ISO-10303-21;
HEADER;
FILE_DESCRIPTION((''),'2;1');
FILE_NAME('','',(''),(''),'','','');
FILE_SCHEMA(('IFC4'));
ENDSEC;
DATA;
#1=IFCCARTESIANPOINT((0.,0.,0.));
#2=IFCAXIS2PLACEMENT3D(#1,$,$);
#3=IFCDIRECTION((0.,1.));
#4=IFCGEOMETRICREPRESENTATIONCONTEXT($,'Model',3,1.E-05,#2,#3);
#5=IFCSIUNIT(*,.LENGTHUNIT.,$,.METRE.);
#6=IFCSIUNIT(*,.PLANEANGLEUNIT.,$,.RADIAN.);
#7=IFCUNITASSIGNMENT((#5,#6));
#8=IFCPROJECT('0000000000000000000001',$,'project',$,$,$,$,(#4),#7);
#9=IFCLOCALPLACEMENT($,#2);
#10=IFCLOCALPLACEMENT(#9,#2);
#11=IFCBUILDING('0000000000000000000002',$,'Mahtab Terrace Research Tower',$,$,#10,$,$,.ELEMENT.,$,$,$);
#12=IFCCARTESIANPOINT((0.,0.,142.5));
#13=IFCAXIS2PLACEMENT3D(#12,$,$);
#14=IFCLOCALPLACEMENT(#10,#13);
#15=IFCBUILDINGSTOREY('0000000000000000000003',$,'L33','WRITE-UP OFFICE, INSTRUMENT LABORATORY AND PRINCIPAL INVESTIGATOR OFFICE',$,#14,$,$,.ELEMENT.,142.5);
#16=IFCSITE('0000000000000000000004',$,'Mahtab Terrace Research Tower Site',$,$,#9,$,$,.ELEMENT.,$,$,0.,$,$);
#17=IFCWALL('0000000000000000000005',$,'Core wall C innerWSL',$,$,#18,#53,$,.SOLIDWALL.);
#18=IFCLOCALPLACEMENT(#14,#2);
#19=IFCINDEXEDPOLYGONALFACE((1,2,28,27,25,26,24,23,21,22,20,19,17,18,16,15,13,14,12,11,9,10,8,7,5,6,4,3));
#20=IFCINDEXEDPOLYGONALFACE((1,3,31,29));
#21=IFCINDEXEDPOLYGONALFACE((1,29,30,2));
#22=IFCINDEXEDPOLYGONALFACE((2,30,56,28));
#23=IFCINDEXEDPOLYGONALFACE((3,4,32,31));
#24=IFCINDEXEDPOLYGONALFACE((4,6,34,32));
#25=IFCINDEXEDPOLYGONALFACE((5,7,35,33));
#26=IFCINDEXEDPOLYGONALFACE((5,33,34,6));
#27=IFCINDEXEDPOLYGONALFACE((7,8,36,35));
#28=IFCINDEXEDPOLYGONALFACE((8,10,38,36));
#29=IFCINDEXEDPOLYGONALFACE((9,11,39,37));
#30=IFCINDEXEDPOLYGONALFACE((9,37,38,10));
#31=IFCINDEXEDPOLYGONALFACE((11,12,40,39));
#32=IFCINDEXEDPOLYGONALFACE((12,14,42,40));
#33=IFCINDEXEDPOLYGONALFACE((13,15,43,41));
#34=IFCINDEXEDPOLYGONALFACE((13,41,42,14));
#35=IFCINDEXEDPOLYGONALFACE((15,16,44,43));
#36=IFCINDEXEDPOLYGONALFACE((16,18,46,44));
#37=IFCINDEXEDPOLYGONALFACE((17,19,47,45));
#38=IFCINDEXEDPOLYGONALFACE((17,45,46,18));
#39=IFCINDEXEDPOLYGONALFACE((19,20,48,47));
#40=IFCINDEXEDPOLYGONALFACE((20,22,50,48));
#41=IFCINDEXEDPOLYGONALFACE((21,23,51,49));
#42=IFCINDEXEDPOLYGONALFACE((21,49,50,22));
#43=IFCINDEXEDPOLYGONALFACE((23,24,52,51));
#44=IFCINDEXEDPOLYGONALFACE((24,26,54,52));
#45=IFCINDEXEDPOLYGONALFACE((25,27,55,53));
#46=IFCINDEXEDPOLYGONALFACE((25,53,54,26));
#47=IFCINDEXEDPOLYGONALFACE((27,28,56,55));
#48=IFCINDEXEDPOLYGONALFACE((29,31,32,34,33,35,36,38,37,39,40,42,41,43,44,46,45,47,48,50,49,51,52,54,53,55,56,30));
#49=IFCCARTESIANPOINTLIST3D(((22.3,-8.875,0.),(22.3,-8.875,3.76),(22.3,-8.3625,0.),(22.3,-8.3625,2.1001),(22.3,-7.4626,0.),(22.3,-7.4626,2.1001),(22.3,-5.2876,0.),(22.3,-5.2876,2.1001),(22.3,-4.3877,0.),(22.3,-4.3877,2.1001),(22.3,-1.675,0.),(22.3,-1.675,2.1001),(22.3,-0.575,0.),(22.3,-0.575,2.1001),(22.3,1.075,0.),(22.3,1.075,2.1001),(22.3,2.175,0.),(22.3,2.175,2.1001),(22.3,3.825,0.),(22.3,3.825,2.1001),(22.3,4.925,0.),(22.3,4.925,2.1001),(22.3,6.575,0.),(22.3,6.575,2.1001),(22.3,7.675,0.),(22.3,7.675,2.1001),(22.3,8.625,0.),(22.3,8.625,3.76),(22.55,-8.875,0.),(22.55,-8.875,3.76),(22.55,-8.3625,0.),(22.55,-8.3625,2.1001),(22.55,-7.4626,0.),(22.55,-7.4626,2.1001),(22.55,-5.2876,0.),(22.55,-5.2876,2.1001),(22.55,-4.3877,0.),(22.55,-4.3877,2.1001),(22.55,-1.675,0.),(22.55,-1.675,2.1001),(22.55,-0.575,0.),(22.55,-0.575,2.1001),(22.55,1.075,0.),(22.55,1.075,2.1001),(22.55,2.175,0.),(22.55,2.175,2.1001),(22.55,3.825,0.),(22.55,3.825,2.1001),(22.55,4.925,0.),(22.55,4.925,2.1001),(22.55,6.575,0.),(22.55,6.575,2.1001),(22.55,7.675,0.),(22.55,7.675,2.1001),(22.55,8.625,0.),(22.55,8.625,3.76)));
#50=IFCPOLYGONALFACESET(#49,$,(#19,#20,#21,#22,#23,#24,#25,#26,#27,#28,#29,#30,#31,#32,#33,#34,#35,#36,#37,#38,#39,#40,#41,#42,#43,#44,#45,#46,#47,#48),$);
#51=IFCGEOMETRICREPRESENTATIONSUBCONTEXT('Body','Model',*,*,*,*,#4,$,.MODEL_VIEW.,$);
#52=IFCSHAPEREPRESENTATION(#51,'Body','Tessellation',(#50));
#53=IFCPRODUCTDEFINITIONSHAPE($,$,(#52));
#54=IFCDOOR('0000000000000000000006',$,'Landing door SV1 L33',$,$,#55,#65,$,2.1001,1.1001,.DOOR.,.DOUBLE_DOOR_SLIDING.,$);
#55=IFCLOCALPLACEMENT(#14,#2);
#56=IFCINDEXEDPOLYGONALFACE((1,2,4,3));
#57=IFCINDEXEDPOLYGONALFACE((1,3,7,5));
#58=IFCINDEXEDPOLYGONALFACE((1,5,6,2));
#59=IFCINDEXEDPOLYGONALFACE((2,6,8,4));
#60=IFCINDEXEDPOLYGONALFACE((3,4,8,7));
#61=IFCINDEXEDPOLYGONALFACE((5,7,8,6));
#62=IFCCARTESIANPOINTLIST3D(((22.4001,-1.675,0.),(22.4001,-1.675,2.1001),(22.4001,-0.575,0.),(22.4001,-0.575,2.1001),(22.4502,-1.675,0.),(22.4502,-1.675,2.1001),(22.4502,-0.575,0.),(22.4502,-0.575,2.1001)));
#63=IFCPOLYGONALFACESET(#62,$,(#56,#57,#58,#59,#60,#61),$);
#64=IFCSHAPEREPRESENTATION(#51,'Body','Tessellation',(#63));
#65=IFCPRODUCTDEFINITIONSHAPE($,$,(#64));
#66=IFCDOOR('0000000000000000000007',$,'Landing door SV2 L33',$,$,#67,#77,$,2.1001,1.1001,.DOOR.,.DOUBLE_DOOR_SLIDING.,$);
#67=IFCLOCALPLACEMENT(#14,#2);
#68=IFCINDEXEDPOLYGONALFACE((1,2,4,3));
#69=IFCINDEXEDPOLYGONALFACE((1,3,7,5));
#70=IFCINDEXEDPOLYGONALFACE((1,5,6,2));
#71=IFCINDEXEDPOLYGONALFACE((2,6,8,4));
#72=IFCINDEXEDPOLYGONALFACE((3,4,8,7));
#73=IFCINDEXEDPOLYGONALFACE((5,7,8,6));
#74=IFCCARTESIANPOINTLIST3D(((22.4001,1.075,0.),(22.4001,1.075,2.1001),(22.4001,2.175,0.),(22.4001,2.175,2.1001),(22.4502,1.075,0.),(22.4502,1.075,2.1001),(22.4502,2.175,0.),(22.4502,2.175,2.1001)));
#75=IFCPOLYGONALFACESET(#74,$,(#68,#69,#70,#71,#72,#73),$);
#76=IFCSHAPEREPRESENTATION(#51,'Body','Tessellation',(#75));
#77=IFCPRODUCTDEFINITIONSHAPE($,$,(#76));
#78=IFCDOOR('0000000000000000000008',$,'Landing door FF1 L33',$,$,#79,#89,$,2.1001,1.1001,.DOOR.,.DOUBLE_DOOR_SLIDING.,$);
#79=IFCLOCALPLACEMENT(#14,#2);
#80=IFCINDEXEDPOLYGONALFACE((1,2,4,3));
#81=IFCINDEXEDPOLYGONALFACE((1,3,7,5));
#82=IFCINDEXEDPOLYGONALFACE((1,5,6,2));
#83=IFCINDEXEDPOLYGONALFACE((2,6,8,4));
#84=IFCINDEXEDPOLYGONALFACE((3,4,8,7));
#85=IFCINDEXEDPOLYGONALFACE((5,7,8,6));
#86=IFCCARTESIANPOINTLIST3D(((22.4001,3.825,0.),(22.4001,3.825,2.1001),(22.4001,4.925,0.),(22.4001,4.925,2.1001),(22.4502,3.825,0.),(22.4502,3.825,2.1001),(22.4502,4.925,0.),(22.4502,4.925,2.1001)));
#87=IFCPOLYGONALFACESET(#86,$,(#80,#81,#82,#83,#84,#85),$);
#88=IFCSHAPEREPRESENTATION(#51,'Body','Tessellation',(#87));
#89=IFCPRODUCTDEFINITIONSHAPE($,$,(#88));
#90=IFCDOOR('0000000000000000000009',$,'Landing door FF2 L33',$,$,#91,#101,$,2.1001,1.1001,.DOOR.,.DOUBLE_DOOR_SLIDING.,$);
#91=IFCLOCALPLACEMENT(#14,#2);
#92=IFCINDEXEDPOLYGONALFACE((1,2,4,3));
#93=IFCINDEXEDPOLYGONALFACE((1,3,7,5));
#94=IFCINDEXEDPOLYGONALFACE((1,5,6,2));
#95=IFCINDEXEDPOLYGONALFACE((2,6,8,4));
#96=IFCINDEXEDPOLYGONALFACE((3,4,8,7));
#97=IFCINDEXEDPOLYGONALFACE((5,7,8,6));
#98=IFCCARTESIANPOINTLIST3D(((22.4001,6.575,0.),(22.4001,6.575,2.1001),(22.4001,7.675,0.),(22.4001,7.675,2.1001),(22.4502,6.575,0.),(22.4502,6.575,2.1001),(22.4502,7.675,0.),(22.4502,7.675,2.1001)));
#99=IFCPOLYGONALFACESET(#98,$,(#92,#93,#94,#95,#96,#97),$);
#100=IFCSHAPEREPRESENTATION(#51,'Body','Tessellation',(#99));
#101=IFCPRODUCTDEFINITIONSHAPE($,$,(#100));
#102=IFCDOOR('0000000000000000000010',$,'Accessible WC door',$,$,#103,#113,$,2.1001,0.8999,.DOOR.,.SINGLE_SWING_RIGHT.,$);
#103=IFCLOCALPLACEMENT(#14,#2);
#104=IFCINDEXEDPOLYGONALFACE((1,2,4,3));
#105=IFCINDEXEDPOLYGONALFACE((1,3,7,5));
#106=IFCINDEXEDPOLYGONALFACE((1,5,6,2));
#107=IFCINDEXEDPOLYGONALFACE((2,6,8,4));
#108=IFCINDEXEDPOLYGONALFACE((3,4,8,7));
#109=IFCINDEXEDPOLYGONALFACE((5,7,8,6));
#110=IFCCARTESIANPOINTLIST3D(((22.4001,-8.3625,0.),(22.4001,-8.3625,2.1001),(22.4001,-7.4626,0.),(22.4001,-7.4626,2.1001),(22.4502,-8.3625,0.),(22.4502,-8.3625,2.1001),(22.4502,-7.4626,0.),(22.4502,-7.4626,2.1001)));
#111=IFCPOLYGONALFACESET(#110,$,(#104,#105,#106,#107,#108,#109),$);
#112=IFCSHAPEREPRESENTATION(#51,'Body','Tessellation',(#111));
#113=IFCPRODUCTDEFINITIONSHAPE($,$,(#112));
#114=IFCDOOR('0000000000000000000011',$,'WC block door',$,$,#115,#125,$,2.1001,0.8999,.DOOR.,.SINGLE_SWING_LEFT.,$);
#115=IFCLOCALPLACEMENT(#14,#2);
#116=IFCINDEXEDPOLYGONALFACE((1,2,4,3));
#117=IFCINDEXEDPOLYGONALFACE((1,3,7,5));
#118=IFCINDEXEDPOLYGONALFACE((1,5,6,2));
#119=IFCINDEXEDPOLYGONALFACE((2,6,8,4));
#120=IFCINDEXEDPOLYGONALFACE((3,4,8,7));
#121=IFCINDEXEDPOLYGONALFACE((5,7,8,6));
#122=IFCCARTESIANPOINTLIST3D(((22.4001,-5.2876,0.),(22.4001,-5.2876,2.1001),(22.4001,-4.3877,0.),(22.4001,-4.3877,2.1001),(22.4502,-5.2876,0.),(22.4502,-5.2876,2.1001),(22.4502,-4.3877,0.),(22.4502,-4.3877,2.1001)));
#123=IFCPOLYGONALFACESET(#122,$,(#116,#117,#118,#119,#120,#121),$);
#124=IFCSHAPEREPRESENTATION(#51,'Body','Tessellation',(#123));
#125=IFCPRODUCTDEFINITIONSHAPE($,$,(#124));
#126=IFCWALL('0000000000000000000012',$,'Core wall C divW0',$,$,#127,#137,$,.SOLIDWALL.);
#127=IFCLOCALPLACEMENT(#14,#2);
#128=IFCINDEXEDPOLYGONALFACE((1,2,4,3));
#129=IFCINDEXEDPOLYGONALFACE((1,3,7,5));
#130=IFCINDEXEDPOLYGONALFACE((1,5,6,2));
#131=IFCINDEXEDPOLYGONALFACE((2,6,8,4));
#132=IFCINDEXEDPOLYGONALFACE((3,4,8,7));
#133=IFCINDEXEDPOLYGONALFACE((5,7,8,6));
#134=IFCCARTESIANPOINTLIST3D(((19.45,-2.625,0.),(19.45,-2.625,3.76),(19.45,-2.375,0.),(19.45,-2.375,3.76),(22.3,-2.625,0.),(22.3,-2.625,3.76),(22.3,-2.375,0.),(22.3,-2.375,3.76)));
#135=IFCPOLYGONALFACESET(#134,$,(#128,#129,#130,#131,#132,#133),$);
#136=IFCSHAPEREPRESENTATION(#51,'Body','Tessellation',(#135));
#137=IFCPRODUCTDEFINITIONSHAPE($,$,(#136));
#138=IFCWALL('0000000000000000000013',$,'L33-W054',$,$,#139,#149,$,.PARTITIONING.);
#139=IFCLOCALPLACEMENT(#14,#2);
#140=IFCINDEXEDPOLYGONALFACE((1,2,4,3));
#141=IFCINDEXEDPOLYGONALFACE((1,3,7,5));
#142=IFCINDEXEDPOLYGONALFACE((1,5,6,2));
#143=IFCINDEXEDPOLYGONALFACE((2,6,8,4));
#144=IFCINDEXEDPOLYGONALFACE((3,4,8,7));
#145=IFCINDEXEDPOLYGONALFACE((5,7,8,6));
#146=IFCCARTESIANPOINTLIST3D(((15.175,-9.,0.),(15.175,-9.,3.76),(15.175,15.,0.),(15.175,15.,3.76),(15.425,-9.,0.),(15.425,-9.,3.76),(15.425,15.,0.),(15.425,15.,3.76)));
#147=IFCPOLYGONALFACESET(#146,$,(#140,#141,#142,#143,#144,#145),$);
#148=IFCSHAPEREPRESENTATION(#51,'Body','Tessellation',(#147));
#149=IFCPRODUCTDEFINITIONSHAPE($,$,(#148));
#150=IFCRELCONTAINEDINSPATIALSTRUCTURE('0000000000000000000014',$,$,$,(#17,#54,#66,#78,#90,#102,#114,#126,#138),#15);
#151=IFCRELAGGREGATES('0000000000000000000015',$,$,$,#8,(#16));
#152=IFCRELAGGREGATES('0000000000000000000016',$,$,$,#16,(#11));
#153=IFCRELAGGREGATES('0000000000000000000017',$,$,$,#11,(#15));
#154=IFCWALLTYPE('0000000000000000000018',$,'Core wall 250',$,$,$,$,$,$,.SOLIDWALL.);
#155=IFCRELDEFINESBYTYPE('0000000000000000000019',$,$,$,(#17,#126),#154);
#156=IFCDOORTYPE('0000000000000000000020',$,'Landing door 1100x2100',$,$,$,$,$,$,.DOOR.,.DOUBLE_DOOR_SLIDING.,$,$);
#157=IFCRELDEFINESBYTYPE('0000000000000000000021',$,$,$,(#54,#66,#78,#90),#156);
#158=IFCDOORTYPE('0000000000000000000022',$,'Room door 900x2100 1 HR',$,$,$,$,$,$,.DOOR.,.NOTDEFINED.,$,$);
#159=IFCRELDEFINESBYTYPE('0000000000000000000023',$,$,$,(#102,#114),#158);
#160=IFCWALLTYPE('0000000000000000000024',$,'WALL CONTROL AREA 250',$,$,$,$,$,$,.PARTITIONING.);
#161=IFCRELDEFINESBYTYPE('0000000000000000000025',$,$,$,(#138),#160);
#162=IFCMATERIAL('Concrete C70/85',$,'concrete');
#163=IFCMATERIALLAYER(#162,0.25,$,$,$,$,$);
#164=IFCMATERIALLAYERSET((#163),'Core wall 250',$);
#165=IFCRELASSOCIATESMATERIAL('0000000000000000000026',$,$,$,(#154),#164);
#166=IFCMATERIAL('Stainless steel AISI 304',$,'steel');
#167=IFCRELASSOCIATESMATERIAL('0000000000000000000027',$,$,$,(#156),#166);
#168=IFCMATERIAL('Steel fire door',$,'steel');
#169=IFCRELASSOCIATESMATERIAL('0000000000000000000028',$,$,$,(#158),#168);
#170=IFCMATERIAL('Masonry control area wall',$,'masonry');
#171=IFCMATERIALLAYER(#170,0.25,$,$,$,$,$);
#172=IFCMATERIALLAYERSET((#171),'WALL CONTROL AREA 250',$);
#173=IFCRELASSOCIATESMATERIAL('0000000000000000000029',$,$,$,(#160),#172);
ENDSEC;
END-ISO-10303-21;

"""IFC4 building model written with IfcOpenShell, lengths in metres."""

from ifc_helpers import new_model, si_unit, direction, frame, frame_2d, origin, place, context, subcontext, project, spatial, rectangle, extrude, material, layer, layer_set, type_object, element, fill, save


model = new_model("IFC4")

# Units and contexts
model_context = context("Model", 3, precision=1e-05, world=origin(), true_north=direction((0.0, 1.0)))
body_context = subcontext(model_context, "Body", "Model", "MODEL_VIEW")
ifc_project = project(units=[si_unit("LENGTHUNIT", "METRE"), si_unit("PLANEANGLEUNIT", "RADIAN")], contexts=[model_context])

# Site, building, storey
site_placement = place(None, origin())
site = spatial("IfcSite", under=ifc_project, at=site_placement, Name="Mahtab Terrace Research Tower Site", CompositionType="ELEMENT", RefElevation=0.0)
building_placement = place(site_placement, origin())
building = spatial("IfcBuilding", under=site, at=building_placement, Name="Mahtab Terrace Research Tower", CompositionType="ELEMENT")
storey_placement = place(building_placement, frame((0.0, 0.0, 142.5)))
storey = spatial("IfcBuildingStorey", under=building, at=storey_placement, Name="L33", Description="WRITE-UP OFFICE, INSTRUMENT LABORATORY AND PRINCIPAL INVESTIGATOR OFFICE", CompositionType="ELEMENT", Elevation=142.5)

# Shared definitions
ifc_material_1 = material(Name="Concrete C70/85", Category="concrete")

# Wall, openings, doors
ifc_layer_1 = layer(ifc_material_1, 0.25)
ifc_layer_set_1 = layer_set([ifc_layer_1], Name="Core wall 250")
wall_type_1 = type_object("IfcWallType", Name="Core wall 250", PredefinedType="SOLIDWALL", material=ifc_layer_set_1)
wall_1_placement = place(storey_placement, frame((22.425, -8.875, 0.0), z_axis=(0.0, 0.0, 1.0), x_axis=(0.0, 1.0, 0.0)))
wall_1 = element("IfcWall", 1, at=wall_1_placement, inside=storey, type_object=wall_type_1, Name="Core wall C innerWSL", PredefinedType="SOLIDWALL", context=body_context, shape_type="SweptSolid", body=[
    extrude(rectangle(XDim=17.5, YDim=0.25, at=frame_2d((8.75, 0.0))), origin(), (0.0, 0.0, 1.0), 3.76),
])
opening_1_placement = place(wall_1_placement, frame((7.2, 0.0, 0.0)))
opening_1 = element("IfcOpeningElement", 2, at=opening_1_placement, cuts=wall_1, PredefinedType="OPENING", context=body_context, shape_type="SweptSolid", body=[
    extrude(rectangle(XDim=1.1001, YDim=2.1001, at=frame_2d((0.55, 1.05))), frame((0.0, 0.135, 0.0), z_axis=(0.0, -1.0, 0.0), x_axis=(1.0, 0.0, 0.0)), (0.0, 0.0, 1.0), 0.27),
])
opening_2_placement = place(wall_1_placement, frame((9.95, 0.0, 0.0)))
opening_2 = element("IfcOpeningElement", 3, at=opening_2_placement, cuts=wall_1, PredefinedType="OPENING", context=body_context, shape_type="SweptSolid", body=[
    extrude(rectangle(XDim=1.1001, YDim=2.1001, at=frame_2d((0.55, 1.05))), frame((0.0, 0.135, 0.0), z_axis=(0.0, -1.0, 0.0), x_axis=(1.0, 0.0, 0.0)), (0.0, 0.0, 1.0), 0.27),
])
opening_3_placement = place(wall_1_placement, frame((12.7, 0.0, 0.0)))
opening_3 = element("IfcOpeningElement", 4, at=opening_3_placement, cuts=wall_1, PredefinedType="OPENING", context=body_context, shape_type="SweptSolid", body=[
    extrude(rectangle(XDim=1.1001, YDim=2.1001, at=frame_2d((0.55, 1.05))), frame((0.0, 0.135, 0.0), z_axis=(0.0, -1.0, 0.0), x_axis=(1.0, 0.0, 0.0)), (0.0, 0.0, 1.0), 0.27),
])
opening_4_placement = place(wall_1_placement, frame((15.45, 0.0, 0.0)))
opening_4 = element("IfcOpeningElement", 5, at=opening_4_placement, cuts=wall_1, PredefinedType="OPENING", context=body_context, shape_type="SweptSolid", body=[
    extrude(rectangle(XDim=1.1001, YDim=2.1001, at=frame_2d((0.55, 1.05))), frame((0.0, 0.135, 0.0), z_axis=(0.0, -1.0, 0.0), x_axis=(1.0, 0.0, 0.0)), (0.0, 0.0, 1.0), 0.27),
])
opening_5_placement = place(wall_1_placement, frame((0.5125, 0.0, 0.0)))
opening_5 = element("IfcOpeningElement", 6, at=opening_5_placement, cuts=wall_1, PredefinedType="OPENING", context=body_context, shape_type="SweptSolid", body=[
    extrude(rectangle(XDim=0.8999, YDim=2.1001, at=frame_2d((0.45, 1.05))), frame((0.0, 0.135, 0.0), z_axis=(0.0, -1.0, 0.0), x_axis=(1.0, 0.0, 0.0)), (0.0, 0.0, 1.0), 0.27),
])
opening_6_placement = place(wall_1_placement, frame((3.5874, 0.0, 0.0)))
opening_6 = element("IfcOpeningElement", 7, at=opening_6_placement, cuts=wall_1, PredefinedType="OPENING", context=body_context, shape_type="SweptSolid", body=[
    extrude(rectangle(XDim=0.8999, YDim=2.1001, at=frame_2d((0.45, 1.05))), frame((0.0, 0.135, 0.0), z_axis=(0.0, -1.0, 0.0), x_axis=(1.0, 0.0, 0.0)), (0.0, 0.0, 1.0), 0.27),
])
ifc_material_2 = material(Name="Stainless steel AISI 304", Category="steel")
door_type_1 = type_object("IfcDoorType", Name="Landing door 1100x2100", OperationType="DOUBLE_DOOR_SLIDING", PredefinedType="DOOR", material=ifc_material_2)
door_1_placement = place(opening_1_placement, origin())
door_1 = element("IfcDoor", 8, at=door_1_placement, inside=storey, type_object=door_type_1, Name="Landing door SV1 L33", OperationType="DOUBLE_DOOR_SLIDING", OverallHeight=2.1001, OverallWidth=1.1001, PredefinedType="DOOR", context=body_context, shape_type="SweptSolid", body=[
    extrude(rectangle(XDim=1.1001, YDim=2.1001, at=frame_2d((0.55, 1.05))), frame((0.0, 0.0249, 0.0), z_axis=(0.0, -1.0, 0.0), x_axis=(1.0, 0.0, 0.0)), (0.0, 0.0, 1.0), 0.05),
])
fill(opening_1, door_1)
door_2_placement = place(opening_2_placement, origin())
door_2 = element("IfcDoor", 9, at=door_2_placement, inside=storey, type_object=door_type_1, Name="Landing door SV2 L33", OperationType="DOUBLE_DOOR_SLIDING", OverallHeight=2.1001, OverallWidth=1.1001, PredefinedType="DOOR", context=body_context, shape_type="SweptSolid", body=[
    extrude(rectangle(XDim=1.1001, YDim=2.1001, at=frame_2d((0.55, 1.05))), frame((0.0, 0.0249, 0.0), z_axis=(0.0, -1.0, 0.0), x_axis=(1.0, 0.0, 0.0)), (0.0, 0.0, 1.0), 0.05),
])
fill(opening_2, door_2)
door_3_placement = place(opening_3_placement, origin())
door_3 = element("IfcDoor", 10, at=door_3_placement, inside=storey, type_object=door_type_1, Name="Landing door FF1 L33", OperationType="DOUBLE_DOOR_SLIDING", OverallHeight=2.1001, OverallWidth=1.1001, PredefinedType="DOOR", context=body_context, shape_type="SweptSolid", body=[
    extrude(rectangle(XDim=1.1001, YDim=2.1001, at=frame_2d((0.55, 1.05))), frame((0.0, 0.0249, 0.0), z_axis=(0.0, -1.0, 0.0), x_axis=(1.0, 0.0, 0.0)), (0.0, 0.0, 1.0), 0.05),
])
fill(opening_3, door_3)
door_4_placement = place(opening_4_placement, origin())
door_4 = element("IfcDoor", 11, at=door_4_placement, inside=storey, type_object=door_type_1, Name="Landing door FF2 L33", OperationType="DOUBLE_DOOR_SLIDING", OverallHeight=2.1001, OverallWidth=1.1001, PredefinedType="DOOR", context=body_context, shape_type="SweptSolid", body=[
    extrude(rectangle(XDim=1.1001, YDim=2.1001, at=frame_2d((0.55, 1.05))), frame((0.0, 0.0249, 0.0), z_axis=(0.0, -1.0, 0.0), x_axis=(1.0, 0.0, 0.0)), (0.0, 0.0, 1.0), 0.05),
])
fill(opening_4, door_4)
ifc_material_3 = material(Name="Steel fire door", Category="steel")
door_type_2 = type_object("IfcDoorType", Name="Room door 900x2100 1 HR", OperationType="NOTDEFINED", PredefinedType="DOOR", material=ifc_material_3)
door_5_placement = place(opening_5_placement, origin())
door_5 = element("IfcDoor", 12, at=door_5_placement, inside=storey, type_object=door_type_2, Name="Accessible WC door", OperationType="SINGLE_SWING_RIGHT", OverallHeight=2.1001, OverallWidth=0.8999, PredefinedType="DOOR", context=body_context, shape_type="SweptSolid", body=[
    extrude(rectangle(XDim=0.8999, YDim=2.1001, at=frame_2d((0.45, 1.05))), frame((0.0, 0.0249, 0.0), z_axis=(0.0, -1.0, 0.0), x_axis=(1.0, 0.0, 0.0)), (0.0, 0.0, 1.0), 0.05),
])
fill(opening_5, door_5)
door_6_placement = place(opening_6_placement, origin())
door_6 = element("IfcDoor", 13, at=door_6_placement, inside=storey, type_object=door_type_2, Name="WC block door", OperationType="SINGLE_SWING_LEFT", OverallHeight=2.1001, OverallWidth=0.8999, PredefinedType="DOOR", context=body_context, shape_type="SweptSolid", body=[
    extrude(rectangle(XDim=0.8999, YDim=2.1001, at=frame_2d((0.45, 1.05))), frame((0.0, 0.0249, 0.0), z_axis=(0.0, -1.0, 0.0), x_axis=(1.0, 0.0, 0.0)), (0.0, 0.0, 1.0), 0.05),
])
fill(opening_6, door_6)

# Walls
wall_2_placement = place(storey_placement, frame((19.45, -2.5, 0.0), z_axis=(0.0, 0.0, 1.0), x_axis=(1.0, 0.0, 0.0)))
element("IfcWall", 14, at=wall_2_placement, inside=storey, type_object=wall_type_1, Name="Core wall C divW0", PredefinedType="SOLIDWALL", context=body_context, shape_type="SweptSolid", body=[
    extrude(rectangle(XDim=2.8501, YDim=0.25, at=frame_2d((1.425, 0.0))), origin(), (0.0, 0.0, 1.0), 3.76),
])
ifc_material_4 = material(Name="Masonry control area wall", Category="masonry")
ifc_layer_2 = layer(ifc_material_4, 0.25)
ifc_layer_set_2 = layer_set([ifc_layer_2], Name="WALL CONTROL AREA 250")
wall_type_2 = type_object("IfcWallType", Name="WALL CONTROL AREA 250", PredefinedType="PARTITIONING", material=ifc_layer_set_2)
wall_3_placement = place(storey_placement, frame((15.3, -9.0, 0.0), z_axis=(0.0, 0.0, 1.0), x_axis=(0.0, 1.0, 0.0)))
element("IfcWall", 15, at=wall_3_placement, inside=storey, type_object=wall_type_2, Name="L33-W054", PredefinedType="PARTITIONING", context=body_context, shape_type="SweptSolid", body=[
    extrude(rectangle(XDim=24.0, YDim=0.25, at=frame_2d((12.0, 0.0))), origin(), (0.0, 0.0, 1.0), 3.76),
])

save(model, "model.ifc")
